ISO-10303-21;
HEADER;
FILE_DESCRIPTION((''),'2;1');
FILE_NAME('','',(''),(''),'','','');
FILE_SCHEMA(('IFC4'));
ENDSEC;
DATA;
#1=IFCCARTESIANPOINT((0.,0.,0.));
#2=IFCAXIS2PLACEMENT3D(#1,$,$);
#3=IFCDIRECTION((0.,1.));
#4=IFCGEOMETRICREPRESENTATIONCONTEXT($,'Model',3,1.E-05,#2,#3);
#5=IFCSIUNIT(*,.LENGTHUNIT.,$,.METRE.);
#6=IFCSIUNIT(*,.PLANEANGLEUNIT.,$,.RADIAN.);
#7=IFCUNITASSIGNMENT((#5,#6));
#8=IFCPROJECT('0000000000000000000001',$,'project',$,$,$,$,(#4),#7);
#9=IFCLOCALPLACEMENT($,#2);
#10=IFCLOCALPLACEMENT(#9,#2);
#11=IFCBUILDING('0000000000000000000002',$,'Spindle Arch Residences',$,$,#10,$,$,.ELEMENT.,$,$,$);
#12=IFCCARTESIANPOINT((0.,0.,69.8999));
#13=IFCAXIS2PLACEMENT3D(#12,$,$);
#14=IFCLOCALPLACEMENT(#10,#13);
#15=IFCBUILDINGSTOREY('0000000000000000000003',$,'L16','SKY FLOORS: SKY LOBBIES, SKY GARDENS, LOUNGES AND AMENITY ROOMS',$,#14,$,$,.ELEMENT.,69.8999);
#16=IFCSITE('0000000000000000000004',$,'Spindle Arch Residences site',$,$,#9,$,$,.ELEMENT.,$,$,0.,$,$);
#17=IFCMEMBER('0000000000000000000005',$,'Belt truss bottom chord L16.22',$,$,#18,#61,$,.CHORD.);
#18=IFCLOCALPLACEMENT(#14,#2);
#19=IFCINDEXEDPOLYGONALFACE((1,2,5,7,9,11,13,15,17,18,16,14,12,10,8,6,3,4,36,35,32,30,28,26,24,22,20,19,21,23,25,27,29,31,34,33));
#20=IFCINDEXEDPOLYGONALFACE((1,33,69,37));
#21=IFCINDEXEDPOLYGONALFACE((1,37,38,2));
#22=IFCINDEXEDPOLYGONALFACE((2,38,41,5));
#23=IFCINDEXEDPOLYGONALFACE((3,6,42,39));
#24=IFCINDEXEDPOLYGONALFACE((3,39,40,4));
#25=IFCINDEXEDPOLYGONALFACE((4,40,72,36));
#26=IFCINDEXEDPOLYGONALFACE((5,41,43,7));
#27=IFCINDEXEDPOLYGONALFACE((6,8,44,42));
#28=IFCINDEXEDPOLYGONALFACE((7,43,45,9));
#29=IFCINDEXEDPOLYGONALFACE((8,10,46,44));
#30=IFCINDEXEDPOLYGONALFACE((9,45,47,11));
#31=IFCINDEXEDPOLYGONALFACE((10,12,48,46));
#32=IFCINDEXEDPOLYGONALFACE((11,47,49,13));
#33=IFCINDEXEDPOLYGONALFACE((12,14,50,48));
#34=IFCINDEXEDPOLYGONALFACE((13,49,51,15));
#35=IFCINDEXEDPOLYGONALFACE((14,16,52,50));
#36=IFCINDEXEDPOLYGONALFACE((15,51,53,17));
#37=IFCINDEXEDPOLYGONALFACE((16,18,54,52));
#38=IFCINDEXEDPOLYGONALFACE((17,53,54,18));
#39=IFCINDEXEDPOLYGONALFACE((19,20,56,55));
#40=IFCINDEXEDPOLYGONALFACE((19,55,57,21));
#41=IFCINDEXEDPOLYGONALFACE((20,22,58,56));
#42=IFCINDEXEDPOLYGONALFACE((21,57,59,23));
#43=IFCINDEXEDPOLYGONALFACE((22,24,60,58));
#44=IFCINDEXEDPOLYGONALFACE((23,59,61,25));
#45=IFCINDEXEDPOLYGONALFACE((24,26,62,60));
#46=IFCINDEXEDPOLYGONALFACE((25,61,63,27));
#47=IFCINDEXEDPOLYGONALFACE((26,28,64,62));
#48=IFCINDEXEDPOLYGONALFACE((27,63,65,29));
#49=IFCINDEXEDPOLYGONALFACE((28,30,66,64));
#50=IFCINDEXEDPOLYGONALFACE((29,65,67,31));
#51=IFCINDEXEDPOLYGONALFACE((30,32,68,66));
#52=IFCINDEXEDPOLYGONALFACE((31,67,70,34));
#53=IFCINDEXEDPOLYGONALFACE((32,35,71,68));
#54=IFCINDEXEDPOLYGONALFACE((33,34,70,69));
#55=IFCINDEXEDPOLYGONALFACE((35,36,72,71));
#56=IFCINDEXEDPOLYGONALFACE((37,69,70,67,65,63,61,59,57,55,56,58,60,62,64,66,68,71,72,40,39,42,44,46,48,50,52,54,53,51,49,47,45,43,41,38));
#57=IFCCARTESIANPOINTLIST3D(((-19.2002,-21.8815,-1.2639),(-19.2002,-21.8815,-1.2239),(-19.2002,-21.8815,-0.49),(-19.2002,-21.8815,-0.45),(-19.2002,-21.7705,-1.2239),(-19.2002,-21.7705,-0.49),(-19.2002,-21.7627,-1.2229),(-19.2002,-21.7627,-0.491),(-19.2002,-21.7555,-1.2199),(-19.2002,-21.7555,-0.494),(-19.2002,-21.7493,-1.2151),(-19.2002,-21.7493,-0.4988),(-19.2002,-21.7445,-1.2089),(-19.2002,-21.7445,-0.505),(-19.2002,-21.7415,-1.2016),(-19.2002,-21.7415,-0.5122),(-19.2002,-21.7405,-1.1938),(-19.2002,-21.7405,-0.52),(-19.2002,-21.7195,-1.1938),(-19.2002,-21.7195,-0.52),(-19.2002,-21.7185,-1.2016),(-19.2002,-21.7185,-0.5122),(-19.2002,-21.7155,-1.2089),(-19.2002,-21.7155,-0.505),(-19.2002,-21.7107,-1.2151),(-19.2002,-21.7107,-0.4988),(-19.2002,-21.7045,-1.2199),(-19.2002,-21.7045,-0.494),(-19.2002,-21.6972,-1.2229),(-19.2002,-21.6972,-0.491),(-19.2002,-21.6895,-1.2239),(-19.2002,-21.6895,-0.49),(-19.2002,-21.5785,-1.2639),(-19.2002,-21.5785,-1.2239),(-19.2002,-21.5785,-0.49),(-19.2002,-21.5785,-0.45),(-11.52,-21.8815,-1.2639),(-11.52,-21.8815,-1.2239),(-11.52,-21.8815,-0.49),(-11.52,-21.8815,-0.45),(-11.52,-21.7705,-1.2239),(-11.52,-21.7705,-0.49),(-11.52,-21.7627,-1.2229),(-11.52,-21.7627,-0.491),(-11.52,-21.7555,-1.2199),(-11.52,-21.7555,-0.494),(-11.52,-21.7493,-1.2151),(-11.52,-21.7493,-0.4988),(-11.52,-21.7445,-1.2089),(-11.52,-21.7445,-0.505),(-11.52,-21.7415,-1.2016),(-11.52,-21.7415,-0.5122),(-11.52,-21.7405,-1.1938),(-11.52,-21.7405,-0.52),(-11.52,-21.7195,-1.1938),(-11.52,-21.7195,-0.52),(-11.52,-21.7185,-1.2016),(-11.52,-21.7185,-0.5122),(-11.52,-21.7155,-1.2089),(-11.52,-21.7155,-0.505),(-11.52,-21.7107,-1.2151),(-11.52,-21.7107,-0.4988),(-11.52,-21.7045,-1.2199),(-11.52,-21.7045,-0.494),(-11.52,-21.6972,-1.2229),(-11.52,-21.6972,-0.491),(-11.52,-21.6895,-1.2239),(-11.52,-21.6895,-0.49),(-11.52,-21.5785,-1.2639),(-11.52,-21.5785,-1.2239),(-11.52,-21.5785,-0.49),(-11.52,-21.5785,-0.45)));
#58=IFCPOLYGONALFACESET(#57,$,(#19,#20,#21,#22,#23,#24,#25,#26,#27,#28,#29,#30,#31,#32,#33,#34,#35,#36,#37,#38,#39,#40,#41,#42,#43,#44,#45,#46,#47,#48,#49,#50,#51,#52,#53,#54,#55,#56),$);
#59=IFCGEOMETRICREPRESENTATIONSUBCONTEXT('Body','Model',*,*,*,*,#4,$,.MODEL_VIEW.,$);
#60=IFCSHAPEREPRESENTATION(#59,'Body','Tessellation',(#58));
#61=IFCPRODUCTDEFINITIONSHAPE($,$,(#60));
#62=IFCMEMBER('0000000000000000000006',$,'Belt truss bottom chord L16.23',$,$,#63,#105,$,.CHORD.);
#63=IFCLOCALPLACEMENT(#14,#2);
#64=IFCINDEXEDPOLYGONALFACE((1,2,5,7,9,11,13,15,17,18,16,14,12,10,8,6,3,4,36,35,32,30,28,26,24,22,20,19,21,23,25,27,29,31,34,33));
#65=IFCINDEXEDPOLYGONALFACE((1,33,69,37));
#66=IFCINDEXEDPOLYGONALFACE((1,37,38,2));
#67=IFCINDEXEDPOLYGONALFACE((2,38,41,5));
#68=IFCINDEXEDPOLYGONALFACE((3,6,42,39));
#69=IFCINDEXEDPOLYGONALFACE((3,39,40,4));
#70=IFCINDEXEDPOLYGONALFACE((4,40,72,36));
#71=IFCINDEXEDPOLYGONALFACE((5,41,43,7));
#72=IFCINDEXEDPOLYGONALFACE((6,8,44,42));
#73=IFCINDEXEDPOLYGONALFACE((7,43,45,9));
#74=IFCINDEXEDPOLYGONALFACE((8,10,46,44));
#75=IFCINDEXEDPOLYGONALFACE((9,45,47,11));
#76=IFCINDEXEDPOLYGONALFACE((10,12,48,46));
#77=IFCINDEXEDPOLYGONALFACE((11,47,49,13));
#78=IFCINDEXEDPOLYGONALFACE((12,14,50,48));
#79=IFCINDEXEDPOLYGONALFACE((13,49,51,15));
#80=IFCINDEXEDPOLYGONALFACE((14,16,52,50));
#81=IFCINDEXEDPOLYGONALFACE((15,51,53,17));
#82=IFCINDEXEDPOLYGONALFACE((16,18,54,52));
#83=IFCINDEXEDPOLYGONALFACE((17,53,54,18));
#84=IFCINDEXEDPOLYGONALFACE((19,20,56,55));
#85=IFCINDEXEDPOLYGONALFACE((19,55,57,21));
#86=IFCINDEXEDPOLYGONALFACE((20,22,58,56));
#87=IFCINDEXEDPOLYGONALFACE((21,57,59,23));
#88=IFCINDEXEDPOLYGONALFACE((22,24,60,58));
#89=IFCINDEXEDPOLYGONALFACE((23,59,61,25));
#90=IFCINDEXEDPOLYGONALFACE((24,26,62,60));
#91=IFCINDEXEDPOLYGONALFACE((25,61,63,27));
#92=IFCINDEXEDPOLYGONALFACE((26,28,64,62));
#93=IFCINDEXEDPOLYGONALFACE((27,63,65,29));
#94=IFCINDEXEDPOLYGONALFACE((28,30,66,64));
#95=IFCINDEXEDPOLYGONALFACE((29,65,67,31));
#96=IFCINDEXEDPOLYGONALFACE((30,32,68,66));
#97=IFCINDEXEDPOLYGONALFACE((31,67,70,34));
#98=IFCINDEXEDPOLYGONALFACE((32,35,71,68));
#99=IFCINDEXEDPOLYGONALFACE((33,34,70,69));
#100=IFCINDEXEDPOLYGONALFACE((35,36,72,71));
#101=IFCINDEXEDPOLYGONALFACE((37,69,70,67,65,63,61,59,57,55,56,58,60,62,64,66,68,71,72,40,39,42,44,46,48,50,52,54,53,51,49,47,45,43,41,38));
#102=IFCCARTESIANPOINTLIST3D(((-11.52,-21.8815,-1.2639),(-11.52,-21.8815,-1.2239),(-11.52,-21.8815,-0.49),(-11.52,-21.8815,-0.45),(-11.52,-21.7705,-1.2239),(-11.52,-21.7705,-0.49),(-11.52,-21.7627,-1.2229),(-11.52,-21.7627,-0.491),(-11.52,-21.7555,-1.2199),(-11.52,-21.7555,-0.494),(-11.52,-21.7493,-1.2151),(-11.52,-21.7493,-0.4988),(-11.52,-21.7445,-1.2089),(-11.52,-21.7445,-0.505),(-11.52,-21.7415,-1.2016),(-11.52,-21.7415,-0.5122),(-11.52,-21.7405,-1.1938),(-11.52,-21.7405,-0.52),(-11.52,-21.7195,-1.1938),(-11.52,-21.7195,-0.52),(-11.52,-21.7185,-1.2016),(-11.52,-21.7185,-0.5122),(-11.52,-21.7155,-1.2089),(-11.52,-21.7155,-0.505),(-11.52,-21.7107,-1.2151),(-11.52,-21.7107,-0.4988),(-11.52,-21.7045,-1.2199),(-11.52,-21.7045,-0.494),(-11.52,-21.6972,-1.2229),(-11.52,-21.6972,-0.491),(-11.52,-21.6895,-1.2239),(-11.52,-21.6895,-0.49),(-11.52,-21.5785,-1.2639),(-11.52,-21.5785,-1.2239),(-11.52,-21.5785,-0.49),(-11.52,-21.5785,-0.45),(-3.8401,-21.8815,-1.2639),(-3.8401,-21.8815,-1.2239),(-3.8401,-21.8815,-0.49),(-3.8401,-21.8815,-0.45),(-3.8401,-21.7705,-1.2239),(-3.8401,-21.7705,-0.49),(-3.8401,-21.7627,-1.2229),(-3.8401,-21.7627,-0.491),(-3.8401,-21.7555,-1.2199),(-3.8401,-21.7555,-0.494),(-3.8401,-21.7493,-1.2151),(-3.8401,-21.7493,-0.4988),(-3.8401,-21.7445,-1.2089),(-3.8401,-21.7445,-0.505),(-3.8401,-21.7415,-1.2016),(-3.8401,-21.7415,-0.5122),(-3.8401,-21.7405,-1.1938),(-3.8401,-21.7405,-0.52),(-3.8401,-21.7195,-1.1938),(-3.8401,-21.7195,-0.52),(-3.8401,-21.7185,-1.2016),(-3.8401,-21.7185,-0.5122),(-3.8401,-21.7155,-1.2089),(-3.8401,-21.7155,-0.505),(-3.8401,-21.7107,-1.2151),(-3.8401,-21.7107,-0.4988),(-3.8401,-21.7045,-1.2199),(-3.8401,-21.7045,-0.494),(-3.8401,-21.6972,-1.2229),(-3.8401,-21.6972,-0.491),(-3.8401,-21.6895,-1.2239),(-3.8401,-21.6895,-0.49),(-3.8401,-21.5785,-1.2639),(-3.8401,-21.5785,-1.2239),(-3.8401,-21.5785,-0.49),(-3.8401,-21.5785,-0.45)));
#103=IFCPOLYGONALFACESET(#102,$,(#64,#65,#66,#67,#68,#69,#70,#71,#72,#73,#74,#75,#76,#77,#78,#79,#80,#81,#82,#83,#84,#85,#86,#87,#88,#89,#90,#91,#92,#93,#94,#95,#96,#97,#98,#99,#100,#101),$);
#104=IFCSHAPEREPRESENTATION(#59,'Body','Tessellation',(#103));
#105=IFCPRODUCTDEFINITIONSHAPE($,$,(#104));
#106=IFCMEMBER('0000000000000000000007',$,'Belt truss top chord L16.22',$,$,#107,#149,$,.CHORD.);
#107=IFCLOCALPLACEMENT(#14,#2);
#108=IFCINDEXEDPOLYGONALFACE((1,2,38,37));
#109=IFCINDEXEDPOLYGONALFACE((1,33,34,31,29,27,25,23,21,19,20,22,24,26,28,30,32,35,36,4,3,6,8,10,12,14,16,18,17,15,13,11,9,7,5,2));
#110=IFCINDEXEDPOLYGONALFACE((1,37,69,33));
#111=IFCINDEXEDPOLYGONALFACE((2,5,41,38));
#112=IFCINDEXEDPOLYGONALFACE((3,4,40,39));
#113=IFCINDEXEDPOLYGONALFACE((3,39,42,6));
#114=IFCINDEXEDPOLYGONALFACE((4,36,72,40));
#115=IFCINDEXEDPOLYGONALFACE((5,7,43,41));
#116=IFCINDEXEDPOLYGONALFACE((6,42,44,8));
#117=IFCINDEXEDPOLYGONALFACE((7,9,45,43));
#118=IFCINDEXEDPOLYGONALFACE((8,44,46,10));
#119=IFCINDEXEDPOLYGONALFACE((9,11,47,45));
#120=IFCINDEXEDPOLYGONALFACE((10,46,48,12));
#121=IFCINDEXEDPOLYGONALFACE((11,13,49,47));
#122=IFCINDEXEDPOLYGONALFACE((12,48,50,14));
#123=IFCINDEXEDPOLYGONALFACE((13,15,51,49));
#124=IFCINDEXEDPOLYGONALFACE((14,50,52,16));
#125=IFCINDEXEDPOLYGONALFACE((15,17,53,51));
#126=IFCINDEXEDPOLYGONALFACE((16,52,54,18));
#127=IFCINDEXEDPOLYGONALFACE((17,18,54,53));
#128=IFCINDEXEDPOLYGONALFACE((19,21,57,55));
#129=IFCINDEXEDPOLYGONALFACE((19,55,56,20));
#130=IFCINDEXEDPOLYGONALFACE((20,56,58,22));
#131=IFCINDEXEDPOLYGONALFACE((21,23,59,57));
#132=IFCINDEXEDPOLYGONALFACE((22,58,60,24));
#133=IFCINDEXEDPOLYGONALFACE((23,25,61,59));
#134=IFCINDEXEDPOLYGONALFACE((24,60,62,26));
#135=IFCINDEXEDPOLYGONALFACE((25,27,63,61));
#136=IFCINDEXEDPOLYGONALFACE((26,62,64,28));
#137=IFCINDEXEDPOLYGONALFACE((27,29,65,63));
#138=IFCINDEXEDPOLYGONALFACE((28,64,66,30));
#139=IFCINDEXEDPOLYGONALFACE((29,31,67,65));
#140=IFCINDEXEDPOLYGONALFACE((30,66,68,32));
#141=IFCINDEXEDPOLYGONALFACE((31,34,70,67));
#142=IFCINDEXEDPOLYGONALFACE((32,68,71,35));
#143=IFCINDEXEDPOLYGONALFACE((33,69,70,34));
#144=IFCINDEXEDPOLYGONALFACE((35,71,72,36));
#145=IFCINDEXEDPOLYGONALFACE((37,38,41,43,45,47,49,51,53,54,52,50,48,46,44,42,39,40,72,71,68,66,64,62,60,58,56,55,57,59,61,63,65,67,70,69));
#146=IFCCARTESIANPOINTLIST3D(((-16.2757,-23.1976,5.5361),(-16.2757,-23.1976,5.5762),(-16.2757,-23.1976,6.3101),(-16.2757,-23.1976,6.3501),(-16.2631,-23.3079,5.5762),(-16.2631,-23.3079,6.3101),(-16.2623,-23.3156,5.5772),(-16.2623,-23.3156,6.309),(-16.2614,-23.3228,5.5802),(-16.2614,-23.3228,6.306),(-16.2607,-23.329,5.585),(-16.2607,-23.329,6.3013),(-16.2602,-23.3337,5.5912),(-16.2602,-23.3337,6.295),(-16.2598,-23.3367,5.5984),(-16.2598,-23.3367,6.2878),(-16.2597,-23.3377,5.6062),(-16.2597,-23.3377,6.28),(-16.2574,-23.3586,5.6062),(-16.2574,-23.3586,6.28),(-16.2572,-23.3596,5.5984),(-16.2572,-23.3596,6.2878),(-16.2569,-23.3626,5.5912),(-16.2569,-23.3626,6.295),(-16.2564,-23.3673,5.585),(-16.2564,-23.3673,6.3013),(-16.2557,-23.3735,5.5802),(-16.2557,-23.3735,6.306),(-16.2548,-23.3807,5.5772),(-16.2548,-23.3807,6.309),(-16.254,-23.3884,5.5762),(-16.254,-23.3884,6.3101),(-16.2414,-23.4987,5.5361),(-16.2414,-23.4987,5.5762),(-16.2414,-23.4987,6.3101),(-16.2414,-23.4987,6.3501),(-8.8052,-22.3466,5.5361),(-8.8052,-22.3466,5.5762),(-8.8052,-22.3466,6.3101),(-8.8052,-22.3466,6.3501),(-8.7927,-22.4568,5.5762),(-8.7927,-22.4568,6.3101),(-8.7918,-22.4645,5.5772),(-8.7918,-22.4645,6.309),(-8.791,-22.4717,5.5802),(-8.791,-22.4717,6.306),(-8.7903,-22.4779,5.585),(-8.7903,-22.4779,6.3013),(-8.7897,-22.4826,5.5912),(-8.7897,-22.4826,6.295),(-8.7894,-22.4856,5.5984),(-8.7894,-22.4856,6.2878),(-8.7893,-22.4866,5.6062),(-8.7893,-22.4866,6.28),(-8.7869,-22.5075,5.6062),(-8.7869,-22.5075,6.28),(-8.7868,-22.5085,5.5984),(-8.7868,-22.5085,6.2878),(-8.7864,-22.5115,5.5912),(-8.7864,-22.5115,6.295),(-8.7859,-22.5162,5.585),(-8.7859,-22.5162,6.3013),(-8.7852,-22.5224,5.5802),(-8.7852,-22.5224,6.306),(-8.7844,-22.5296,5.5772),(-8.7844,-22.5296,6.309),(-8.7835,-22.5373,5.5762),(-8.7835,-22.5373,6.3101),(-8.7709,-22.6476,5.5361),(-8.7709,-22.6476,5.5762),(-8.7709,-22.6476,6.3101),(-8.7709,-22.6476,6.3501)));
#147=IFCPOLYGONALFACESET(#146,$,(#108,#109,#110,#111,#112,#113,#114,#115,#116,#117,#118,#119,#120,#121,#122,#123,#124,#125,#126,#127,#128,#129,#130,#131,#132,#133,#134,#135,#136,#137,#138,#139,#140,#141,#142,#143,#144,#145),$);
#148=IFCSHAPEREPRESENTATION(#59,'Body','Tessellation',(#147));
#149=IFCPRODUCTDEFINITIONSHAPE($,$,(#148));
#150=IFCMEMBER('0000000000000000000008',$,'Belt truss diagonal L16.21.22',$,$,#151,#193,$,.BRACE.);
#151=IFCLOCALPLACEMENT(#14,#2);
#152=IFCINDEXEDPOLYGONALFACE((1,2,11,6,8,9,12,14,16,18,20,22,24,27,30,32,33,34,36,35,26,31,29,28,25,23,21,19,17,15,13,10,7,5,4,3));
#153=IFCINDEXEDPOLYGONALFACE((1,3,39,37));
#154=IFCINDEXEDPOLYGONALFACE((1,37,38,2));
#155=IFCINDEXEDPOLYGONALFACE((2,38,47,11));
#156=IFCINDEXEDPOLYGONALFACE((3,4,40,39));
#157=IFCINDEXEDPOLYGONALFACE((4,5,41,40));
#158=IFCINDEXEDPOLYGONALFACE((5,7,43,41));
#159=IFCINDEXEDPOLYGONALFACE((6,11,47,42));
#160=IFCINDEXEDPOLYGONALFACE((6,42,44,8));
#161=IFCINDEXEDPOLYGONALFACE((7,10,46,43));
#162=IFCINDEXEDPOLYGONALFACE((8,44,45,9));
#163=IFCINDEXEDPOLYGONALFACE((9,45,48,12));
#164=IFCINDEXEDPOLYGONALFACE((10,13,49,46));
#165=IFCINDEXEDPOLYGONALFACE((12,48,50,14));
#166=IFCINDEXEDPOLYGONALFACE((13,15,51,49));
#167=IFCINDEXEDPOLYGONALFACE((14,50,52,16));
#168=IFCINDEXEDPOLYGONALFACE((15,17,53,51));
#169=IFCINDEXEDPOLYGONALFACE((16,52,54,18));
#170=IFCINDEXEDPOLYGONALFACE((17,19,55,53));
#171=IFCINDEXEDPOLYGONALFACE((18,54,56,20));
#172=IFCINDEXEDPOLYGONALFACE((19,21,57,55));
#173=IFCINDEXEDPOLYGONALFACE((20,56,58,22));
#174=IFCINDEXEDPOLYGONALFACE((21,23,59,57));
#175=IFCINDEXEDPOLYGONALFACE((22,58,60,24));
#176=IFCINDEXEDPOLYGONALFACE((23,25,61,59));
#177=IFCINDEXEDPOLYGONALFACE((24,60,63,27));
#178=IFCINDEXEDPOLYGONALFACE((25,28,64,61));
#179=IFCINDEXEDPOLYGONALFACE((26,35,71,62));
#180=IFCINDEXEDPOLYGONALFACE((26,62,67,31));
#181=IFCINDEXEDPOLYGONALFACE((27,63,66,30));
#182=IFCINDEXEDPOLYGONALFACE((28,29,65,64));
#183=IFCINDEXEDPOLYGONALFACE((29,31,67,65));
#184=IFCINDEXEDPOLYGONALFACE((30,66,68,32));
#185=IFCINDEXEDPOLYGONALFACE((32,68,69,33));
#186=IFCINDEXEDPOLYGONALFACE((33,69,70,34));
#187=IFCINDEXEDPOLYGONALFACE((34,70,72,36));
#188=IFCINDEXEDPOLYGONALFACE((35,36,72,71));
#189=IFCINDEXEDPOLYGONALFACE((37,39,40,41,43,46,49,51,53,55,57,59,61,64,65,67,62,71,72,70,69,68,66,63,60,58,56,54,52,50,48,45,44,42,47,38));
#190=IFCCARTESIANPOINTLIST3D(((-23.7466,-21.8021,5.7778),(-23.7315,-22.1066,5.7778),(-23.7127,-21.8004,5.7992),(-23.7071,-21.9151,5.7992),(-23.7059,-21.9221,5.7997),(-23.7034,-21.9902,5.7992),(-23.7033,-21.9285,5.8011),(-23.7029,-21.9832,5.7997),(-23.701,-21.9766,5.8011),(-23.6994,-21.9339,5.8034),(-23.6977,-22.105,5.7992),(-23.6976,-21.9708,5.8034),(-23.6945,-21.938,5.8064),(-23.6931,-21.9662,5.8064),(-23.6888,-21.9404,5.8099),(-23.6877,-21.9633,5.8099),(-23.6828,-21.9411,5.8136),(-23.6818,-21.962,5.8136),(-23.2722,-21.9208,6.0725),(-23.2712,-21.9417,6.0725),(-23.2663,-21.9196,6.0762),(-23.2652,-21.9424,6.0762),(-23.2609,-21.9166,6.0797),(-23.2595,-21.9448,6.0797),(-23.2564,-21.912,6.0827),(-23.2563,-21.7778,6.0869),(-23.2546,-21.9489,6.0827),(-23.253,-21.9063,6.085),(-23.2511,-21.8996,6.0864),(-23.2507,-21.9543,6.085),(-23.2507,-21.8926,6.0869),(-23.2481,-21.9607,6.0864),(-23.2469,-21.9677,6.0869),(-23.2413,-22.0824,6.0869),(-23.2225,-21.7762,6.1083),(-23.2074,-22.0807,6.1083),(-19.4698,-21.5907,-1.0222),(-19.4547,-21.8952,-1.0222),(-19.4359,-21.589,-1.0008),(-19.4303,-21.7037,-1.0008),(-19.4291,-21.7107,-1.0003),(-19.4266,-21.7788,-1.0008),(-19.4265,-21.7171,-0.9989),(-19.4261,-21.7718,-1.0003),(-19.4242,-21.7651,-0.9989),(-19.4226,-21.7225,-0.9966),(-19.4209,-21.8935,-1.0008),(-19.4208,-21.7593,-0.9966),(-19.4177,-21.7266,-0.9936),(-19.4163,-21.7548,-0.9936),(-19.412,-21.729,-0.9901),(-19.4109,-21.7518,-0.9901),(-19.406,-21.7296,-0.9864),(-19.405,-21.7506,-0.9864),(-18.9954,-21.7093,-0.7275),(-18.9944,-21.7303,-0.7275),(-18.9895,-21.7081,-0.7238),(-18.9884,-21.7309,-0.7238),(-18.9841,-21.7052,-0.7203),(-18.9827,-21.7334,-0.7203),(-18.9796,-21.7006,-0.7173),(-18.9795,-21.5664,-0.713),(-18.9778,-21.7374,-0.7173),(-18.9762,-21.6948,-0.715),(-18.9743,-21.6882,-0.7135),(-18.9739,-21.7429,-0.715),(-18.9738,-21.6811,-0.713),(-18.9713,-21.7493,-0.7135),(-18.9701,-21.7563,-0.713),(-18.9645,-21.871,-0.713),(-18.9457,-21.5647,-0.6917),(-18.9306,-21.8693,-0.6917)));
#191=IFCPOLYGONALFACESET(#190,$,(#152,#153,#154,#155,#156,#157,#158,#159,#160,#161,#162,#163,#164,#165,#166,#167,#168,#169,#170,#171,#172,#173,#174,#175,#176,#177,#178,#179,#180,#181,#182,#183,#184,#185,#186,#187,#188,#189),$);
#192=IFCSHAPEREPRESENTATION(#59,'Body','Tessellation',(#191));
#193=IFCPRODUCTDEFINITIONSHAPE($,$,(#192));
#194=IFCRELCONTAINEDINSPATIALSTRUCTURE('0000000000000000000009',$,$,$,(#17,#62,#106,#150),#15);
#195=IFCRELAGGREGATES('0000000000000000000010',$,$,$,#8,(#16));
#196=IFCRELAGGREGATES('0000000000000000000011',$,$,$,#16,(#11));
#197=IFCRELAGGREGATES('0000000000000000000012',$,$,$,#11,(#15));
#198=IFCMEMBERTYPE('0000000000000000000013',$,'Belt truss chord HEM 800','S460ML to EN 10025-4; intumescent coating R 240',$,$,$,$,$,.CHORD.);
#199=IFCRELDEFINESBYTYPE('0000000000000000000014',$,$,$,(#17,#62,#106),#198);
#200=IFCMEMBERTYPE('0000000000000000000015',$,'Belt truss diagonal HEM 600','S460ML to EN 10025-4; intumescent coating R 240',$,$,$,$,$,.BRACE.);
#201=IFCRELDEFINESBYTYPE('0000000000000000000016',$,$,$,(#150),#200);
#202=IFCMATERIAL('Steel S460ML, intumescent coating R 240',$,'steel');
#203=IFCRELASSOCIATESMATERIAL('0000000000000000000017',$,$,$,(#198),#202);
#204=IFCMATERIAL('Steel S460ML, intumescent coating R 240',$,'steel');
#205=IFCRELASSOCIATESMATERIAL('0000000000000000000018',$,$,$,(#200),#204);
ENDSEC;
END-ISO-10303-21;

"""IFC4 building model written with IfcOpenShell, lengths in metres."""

from ifc_helpers import new_model, si_unit, direction, frame, origin, origin_2d, place, context, subcontext, project, spatial, i_section, extrude, material, material_profile, profile_set, type_object, element, save


model = new_model("IFC4")

# Units and contexts
model_context = context("Model", 3, precision=1e-05, world=origin(), true_north=direction((0.0, 1.0)))
body_context = subcontext(model_context, "Body", "Model", "MODEL_VIEW")
ifc_project = project(units=[si_unit("LENGTHUNIT", "METRE"), si_unit("PLANEANGLEUNIT", "RADIAN")], contexts=[model_context])

# Site, building, storey
site_placement = place(None, origin())
site = spatial("IfcSite", under=ifc_project, at=site_placement, Name="Spindle Arch Residences site", CompositionType="ELEMENT", RefElevation=0.0)
building_placement = place(site_placement, origin())
building = spatial("IfcBuilding", under=site, at=building_placement, Name="Spindle Arch Residences", CompositionType="ELEMENT")
storey_placement = place(building_placement, frame((0.0, 0.0, 69.8999)))
storey = spatial("IfcBuildingStorey", under=building, at=storey_placement, Name="L16", Description="SKY FLOORS: SKY LOBBIES, SKY GARDENS, LOUNGES AND AMENITY ROOMS", CompositionType="ELEMENT", Elevation=69.8999)

# Members
ifc_material_1 = material(Name="Steel S460ML, intumescent coating R 240", Category="steel")
ifc_material_profile_1 = material_profile(ifc_material_1, i_section(OverallWidth=0.303, OverallDepth=0.814, WebThickness=0.021, FlangeThickness=0.04, FilletRadius=0.03, at=origin_2d()), Name="HEM 800")
ifc_profile_set_1 = profile_set([ifc_material_profile_1], Name="Steel S460ML, intumescent coating R 240")
member_type_1 = type_object("IfcMemberType", Name="Belt truss chord HEM 800", Description="S460ML to EN 10025-4; intumescent coating R 240", PredefinedType="CHORD", material=ifc_profile_set_1)
member_1_placement = place(storey_placement, frame((-19.2002, -21.73, -0.8569), z_axis=(1.0, 0.0, 0.0), x_axis=(0.0, 1.0, 0.0)))
element("IfcMember", 1, at=member_1_placement, inside=storey, type_object=member_type_1, Name="Belt truss bottom chord L16.22", PredefinedType="CHORD", context=body_context, shape_type="SweptSolid", body=[
    extrude(i_section(OverallWidth=0.303, OverallDepth=0.814, WebThickness=0.021, FlangeThickness=0.04, FilletRadius=0.03, at=origin_2d()), origin(), (0.0, 0.0, 1.0), 7.6802),
])
member_2_placement = place(storey_placement, frame((-11.52, -21.73, -0.8569), z_axis=(1.0, 0.0, 0.0), x_axis=(0.0, 1.0, 0.0)))
element("IfcMember", 2, at=member_2_placement, inside=storey, type_object=member_type_1, Name="Belt truss bottom chord L16.23", PredefinedType="CHORD", context=body_context, shape_type="SweptSolid", body=[
    extrude(i_section(OverallWidth=0.303, OverallDepth=0.814, WebThickness=0.021, FlangeThickness=0.04, FilletRadius=0.03, at=origin_2d()), origin(), (0.0, 0.0, 1.0), 7.6799),
])
member_3_placement = place(storey_placement, frame((-16.2585, -23.3481, 5.9431), z_axis=(0.993573, 0.113193, 0.0), x_axis=(-0.113193, 0.993573, 0.0)))
element("IfcMember", 3, at=member_3_placement, inside=storey, type_object=member_type_1, Name="Belt truss top chord L16.22", PredefinedType="CHORD", context=body_context, shape_type="SweptSolid", body=[
    extrude(i_section(OverallWidth=0.303, OverallDepth=0.814, WebThickness=0.021, FlangeThickness=0.04, FilletRadius=0.03, at=origin_2d()), origin(), (0.0, 0.0, 1.0), 7.5188),
])
ifc_material_2 = material(Name="Steel S460ML, intumescent coating R 240", Category="steel")
ifc_material_profile_2 = material_profile(ifc_material_2, i_section(OverallWidth=0.3049, OverallDepth=0.6201, WebThickness=0.021, FlangeThickness=0.04, FilletRadius=0.0271, at=origin_2d()), Name="HEM 600")
ifc_profile_set_2 = profile_set([ifc_material_profile_2], Name="Steel S460ML, intumescent coating R 240")
member_type_2 = type_object("IfcMemberType", Name="Belt truss diagonal HEM 600", Description="S460ML to EN 10025-4; intumescent coating R 240", PredefinedType="BRACE", material=ifc_profile_set_2)
member_4_placement = place(storey_placement, frame((-19.2002, -21.73, -0.8569), z_axis=(-0.532214, -0.02631, 0.846201), x_axis=(0.049375, -0.99878, 0.0)))
element("IfcMember", 4, at=member_4_placement, inside=storey, type_object=member_type_2, Name="Belt truss diagonal L16.21.22", PredefinedType="BRACE", context=body_context, shape_type="SweptSolid", body=[
    extrude(i_section(OverallWidth=0.3049, OverallDepth=0.6201, WebThickness=0.021, FlangeThickness=0.04, FilletRadius=0.0271, at=origin_2d()), origin(), (0.0, 0.0, 1.0), 8.0359),
])

save(model, "model.ifc")
